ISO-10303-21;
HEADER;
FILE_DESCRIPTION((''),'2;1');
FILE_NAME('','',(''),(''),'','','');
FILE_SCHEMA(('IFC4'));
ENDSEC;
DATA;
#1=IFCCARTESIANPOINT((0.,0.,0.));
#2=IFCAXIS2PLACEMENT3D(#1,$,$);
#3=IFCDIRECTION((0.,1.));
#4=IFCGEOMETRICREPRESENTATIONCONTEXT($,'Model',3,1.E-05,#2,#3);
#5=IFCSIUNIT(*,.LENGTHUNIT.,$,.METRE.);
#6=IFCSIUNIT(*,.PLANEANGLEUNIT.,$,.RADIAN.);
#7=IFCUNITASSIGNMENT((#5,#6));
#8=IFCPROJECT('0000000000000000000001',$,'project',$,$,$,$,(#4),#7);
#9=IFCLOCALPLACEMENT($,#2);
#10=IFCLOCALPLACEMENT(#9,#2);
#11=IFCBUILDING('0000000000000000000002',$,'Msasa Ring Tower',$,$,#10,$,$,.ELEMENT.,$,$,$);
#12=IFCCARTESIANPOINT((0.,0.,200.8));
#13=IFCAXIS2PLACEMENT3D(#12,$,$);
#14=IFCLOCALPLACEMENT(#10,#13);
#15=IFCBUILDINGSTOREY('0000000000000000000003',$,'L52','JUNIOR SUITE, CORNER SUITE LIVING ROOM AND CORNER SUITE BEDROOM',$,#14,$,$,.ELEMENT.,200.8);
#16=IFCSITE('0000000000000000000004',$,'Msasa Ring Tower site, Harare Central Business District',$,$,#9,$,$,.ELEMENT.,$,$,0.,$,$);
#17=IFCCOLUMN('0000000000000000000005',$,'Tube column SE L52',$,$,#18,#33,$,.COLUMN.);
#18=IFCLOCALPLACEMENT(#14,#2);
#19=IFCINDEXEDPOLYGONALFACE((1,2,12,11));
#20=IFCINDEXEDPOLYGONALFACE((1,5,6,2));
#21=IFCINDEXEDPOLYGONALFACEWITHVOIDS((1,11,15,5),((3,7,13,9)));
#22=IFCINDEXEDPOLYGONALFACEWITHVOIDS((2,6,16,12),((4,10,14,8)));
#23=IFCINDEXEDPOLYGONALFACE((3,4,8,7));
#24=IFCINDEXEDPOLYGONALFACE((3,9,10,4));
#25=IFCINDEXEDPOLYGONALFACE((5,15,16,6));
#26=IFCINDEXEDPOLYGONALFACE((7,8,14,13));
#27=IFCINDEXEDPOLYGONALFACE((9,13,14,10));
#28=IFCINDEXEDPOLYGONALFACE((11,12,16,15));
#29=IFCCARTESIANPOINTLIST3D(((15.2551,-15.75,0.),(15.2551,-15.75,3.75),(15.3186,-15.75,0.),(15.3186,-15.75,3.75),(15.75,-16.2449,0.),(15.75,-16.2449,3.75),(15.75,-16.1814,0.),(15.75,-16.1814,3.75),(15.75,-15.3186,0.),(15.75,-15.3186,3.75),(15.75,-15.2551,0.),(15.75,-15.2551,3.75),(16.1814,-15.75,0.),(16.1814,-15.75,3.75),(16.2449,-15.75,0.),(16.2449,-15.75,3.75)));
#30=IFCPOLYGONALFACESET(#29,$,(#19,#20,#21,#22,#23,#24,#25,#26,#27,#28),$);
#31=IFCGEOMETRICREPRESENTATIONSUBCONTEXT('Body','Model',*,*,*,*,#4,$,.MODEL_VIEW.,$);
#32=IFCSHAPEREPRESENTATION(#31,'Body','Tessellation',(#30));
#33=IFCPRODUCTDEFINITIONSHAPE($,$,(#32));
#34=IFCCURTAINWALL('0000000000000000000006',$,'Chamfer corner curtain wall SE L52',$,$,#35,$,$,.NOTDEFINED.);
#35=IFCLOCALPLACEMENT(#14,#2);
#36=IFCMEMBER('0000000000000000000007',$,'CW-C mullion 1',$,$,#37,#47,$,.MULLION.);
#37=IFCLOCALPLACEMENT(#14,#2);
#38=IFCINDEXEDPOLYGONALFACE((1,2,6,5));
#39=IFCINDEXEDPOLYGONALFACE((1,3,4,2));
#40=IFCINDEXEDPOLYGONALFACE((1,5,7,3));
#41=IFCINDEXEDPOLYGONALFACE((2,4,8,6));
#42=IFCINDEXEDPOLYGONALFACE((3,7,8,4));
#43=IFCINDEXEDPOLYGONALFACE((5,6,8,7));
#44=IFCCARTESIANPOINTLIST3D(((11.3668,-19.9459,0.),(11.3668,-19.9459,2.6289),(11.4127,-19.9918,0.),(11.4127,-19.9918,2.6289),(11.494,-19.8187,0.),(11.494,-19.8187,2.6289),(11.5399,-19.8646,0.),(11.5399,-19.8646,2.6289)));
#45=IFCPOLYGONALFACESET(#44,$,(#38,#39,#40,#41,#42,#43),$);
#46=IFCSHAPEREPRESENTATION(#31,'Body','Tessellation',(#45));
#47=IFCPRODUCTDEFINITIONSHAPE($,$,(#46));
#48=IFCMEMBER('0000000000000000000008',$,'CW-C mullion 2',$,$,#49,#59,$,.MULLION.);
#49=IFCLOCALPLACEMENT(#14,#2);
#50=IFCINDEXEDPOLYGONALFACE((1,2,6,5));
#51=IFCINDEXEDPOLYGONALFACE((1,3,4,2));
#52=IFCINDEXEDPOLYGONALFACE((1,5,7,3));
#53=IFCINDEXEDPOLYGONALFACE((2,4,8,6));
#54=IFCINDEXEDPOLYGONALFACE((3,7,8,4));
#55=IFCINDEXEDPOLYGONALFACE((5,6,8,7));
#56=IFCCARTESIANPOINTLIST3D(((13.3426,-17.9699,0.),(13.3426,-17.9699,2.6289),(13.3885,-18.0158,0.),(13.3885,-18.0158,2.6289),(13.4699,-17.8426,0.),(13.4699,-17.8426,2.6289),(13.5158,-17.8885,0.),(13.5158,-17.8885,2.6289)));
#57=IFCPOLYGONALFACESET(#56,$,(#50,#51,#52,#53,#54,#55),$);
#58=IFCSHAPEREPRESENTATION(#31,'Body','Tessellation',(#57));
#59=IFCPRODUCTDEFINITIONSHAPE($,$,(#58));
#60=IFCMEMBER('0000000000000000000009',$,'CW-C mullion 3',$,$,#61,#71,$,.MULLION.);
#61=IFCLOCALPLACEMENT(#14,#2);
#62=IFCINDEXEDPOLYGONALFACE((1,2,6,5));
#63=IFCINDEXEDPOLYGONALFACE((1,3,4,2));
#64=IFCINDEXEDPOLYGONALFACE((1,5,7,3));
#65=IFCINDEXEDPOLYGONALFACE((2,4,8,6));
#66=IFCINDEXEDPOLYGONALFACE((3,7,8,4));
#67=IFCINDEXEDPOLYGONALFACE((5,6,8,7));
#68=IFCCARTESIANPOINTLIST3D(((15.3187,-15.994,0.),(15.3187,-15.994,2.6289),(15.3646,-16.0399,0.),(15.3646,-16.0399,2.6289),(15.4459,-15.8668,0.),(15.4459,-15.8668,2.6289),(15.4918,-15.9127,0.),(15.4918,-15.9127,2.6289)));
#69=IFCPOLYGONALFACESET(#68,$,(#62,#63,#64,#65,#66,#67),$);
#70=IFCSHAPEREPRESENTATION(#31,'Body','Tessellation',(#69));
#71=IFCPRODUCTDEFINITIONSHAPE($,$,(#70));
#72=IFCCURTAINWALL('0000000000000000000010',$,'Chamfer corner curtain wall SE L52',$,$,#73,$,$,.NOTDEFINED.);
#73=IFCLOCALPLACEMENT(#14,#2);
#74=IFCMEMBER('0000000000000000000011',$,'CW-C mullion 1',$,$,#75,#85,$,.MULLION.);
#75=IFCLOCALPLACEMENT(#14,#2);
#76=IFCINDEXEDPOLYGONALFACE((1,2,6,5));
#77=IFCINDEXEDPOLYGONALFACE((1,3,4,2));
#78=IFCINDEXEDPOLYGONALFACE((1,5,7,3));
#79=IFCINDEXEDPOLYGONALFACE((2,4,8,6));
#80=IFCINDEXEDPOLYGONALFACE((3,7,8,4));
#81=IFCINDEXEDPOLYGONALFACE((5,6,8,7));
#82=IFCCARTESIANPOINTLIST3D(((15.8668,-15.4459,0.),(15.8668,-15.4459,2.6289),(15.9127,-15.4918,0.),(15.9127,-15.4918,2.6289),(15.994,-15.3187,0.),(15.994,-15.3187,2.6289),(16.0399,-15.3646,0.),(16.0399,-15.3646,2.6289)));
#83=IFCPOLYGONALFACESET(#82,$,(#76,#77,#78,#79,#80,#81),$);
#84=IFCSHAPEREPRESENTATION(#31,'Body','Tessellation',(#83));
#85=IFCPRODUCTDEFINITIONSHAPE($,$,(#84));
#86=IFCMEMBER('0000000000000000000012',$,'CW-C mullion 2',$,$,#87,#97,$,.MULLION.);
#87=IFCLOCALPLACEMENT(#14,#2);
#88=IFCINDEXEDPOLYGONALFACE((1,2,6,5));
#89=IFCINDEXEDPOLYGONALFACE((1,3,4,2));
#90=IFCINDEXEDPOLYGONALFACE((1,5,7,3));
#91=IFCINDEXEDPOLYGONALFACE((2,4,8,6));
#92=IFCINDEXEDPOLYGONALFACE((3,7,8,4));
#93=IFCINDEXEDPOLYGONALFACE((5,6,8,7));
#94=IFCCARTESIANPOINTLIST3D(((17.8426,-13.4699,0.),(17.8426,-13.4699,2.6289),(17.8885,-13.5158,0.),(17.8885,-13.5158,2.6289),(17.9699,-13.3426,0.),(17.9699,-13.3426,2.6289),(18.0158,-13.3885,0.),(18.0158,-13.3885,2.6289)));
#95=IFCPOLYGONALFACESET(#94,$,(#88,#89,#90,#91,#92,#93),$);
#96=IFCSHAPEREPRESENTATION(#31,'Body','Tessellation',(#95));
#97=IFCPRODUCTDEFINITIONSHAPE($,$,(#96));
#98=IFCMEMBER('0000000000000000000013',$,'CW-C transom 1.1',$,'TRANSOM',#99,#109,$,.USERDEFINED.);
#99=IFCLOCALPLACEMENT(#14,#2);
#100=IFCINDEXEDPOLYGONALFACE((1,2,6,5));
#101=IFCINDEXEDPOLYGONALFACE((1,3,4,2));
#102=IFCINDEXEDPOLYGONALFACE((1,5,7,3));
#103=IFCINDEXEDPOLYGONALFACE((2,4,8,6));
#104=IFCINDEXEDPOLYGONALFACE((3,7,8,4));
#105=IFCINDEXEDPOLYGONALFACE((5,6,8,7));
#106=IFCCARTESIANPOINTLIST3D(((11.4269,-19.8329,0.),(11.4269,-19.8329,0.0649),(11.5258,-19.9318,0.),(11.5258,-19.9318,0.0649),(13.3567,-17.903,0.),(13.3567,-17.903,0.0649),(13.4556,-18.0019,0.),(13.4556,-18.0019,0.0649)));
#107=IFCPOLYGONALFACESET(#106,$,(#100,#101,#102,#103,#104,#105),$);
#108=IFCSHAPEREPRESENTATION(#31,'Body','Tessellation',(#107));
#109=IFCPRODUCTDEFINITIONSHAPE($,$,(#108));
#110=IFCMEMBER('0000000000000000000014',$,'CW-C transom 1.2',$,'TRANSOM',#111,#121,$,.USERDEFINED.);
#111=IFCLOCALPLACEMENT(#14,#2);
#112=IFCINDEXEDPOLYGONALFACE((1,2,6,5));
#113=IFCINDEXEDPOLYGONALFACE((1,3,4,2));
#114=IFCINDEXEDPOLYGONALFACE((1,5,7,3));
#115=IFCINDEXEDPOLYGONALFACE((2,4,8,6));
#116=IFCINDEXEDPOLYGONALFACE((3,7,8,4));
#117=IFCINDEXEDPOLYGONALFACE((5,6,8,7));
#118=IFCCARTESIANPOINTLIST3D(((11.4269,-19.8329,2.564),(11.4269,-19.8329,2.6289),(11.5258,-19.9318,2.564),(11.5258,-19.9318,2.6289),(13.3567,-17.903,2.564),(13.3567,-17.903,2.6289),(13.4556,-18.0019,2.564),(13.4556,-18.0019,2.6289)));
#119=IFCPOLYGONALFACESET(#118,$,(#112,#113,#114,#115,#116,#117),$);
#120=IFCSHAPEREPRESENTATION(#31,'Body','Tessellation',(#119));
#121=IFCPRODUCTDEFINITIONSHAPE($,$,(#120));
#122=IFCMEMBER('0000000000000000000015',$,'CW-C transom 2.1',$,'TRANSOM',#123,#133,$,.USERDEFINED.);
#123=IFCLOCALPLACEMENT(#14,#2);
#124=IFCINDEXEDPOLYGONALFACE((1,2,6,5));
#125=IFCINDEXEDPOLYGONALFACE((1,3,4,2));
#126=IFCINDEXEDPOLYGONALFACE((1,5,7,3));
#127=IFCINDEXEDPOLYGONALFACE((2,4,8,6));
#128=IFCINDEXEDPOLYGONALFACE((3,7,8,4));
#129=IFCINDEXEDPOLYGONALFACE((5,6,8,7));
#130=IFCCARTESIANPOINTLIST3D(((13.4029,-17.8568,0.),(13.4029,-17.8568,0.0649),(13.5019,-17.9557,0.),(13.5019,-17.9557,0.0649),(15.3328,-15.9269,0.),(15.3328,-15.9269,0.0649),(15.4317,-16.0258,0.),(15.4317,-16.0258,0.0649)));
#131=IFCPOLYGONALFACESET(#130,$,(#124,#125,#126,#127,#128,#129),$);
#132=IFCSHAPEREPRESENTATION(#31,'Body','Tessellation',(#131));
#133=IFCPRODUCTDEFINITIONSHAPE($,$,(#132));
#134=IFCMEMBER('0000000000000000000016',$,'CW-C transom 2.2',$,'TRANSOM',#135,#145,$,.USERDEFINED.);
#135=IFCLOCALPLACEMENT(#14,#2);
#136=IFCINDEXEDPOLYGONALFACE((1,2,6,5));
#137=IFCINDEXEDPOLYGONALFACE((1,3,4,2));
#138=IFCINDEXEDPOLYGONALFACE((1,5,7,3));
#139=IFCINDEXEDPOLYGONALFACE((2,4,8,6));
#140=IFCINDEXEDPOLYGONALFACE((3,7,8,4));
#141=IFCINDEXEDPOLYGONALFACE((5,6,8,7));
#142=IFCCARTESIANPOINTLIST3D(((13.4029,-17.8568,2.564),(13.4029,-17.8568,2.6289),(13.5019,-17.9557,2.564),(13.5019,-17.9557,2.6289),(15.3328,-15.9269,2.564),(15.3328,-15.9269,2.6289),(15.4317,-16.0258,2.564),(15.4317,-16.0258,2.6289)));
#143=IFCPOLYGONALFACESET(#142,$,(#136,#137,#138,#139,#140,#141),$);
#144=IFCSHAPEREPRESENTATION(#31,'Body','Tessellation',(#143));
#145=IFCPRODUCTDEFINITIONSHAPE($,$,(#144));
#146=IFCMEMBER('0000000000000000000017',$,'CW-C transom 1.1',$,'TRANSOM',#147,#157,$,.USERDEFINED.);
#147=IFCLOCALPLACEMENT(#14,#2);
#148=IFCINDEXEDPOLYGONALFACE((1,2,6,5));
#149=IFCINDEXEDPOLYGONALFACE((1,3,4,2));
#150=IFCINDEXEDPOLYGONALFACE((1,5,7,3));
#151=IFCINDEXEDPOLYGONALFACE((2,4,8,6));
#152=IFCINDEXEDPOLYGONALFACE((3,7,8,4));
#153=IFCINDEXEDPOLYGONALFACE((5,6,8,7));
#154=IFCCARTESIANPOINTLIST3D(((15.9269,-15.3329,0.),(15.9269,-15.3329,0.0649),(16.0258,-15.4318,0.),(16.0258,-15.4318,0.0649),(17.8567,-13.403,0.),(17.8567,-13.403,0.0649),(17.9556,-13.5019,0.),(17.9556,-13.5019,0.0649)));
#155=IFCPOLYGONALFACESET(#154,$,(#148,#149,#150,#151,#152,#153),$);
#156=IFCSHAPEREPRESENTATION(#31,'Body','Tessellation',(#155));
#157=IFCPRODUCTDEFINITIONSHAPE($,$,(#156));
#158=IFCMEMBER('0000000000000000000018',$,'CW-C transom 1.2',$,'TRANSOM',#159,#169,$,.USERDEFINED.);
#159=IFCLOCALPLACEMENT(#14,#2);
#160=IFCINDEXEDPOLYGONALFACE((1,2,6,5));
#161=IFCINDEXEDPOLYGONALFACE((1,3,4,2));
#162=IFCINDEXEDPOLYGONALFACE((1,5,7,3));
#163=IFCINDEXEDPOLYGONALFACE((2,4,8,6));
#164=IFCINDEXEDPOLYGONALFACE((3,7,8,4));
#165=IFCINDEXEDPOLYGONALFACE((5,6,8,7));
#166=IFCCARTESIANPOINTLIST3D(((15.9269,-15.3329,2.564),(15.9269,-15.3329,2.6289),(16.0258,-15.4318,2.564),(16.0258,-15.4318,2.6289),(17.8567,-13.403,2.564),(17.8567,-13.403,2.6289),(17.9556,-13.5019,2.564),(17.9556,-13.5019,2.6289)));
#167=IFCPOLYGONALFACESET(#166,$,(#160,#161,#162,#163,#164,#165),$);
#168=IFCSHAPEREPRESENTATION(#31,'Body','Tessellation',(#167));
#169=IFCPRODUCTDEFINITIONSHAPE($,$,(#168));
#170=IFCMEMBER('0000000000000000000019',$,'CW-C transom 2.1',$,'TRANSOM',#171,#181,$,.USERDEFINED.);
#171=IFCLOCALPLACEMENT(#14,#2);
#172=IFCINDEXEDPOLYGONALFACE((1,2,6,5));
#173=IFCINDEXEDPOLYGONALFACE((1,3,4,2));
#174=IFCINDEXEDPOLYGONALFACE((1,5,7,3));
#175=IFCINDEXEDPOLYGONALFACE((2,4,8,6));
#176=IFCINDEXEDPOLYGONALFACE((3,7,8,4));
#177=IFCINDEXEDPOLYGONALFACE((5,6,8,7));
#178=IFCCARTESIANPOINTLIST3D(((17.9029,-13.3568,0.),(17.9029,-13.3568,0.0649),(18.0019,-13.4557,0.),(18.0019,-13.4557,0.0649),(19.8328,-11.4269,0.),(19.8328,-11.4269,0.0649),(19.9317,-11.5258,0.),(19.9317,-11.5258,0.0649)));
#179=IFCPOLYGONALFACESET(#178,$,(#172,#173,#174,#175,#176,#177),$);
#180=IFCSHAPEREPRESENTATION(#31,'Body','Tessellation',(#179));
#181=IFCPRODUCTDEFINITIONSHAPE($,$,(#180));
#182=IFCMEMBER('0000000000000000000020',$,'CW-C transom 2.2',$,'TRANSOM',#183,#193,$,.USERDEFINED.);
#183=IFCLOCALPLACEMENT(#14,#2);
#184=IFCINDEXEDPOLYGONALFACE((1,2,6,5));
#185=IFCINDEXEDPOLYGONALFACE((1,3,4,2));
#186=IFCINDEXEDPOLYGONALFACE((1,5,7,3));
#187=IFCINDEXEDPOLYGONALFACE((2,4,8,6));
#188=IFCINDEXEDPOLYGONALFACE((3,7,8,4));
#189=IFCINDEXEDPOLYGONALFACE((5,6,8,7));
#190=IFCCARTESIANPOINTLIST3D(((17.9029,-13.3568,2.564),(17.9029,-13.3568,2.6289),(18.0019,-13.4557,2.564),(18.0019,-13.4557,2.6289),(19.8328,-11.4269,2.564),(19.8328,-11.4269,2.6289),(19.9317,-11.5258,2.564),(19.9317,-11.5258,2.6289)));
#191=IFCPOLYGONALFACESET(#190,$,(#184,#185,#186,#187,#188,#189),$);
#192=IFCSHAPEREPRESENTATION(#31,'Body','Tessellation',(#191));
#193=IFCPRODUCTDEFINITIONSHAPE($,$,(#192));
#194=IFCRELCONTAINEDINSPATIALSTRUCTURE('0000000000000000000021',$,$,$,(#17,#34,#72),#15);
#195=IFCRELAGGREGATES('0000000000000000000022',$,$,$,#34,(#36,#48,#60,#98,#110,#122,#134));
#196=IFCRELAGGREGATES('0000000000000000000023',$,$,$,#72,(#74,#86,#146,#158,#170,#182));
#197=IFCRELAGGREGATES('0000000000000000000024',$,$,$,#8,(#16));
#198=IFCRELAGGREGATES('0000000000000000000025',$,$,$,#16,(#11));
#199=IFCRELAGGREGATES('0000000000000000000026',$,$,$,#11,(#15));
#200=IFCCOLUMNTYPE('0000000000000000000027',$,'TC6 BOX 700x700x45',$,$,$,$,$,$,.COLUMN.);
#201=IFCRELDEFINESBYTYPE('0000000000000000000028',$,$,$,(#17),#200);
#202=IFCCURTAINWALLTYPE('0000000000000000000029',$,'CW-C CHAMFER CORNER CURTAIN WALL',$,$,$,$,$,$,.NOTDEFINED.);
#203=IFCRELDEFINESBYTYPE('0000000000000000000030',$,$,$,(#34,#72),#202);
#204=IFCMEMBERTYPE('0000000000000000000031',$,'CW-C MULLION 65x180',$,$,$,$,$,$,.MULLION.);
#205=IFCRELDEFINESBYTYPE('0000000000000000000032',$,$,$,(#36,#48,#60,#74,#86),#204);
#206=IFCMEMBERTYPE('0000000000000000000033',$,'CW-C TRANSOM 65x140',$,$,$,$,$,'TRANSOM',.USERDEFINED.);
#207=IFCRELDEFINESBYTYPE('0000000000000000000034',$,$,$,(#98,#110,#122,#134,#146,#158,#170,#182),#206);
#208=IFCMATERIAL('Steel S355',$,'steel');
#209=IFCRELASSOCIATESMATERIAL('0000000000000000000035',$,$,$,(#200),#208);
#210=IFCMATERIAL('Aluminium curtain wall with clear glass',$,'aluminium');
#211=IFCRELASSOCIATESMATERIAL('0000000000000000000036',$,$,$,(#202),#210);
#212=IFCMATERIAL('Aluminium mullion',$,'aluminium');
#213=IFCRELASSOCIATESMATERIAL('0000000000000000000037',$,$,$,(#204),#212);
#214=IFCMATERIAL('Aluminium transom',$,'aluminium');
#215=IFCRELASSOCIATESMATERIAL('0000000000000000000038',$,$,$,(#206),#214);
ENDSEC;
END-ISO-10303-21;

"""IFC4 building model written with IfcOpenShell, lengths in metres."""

from ifc_helpers import new_model, si_unit, direction, frame, origin, origin_2d, place, context, subcontext, project, spatial, rectangle, hollow_rectangle, extrude, material, material_profile, profile_set, type_object, element, aggregate, save


model = new_model("IFC4")

# Units and contexts
model_context = context("Model", 3, precision=1e-05, world=origin(), true_north=direction((0.0, 1.0)))
body_context = subcontext(model_context, "Body", "Model", "MODEL_VIEW")
ifc_project = project(units=[si_unit("LENGTHUNIT", "METRE"), si_unit("PLANEANGLEUNIT", "RADIAN")], contexts=[model_context])

# Site, building, storey
site_placement = place(None, origin())
site = spatial("IfcSite", under=ifc_project, at=site_placement, Name="Msasa Ring Tower site, Harare Central Business District", CompositionType="ELEMENT", RefElevation=0.0)
building_placement = place(site_placement, origin())
building = spatial("IfcBuilding", under=site, at=building_placement, Name="Msasa Ring Tower", CompositionType="ELEMENT")
storey_placement = place(building_placement, frame((0.0, 0.0, 200.8)))
storey = spatial("IfcBuildingStorey", under=building, at=storey_placement, Name="L52", Description="JUNIOR SUITE, CORNER SUITE LIVING ROOM AND CORNER SUITE BEDROOM", CompositionType="ELEMENT", Elevation=200.8)

# Column
ifc_material_1 = material(Name="Steel S355", Category="steel")
ifc_material_profile_1 = material_profile(ifc_material_1, hollow_rectangle(XDim=0.7, YDim=0.7, WallThickness=0.0449, at=origin_2d()), Name="BOX 700x700x45")
ifc_profile_set_1 = profile_set([ifc_material_profile_1], Name="Steel S355")
column_type = type_object("IfcColumnType", Name="TC6 BOX 700x700x45", PredefinedType="COLUMN", material=ifc_profile_set_1)
column_placement = place(storey_placement, frame((15.75, -15.75, 0.0), z_axis=(0.0, 0.0, 1.0), x_axis=(0.707107, -0.707107, 0.0)))
element("IfcColumn", 1, at=column_placement, inside=storey, type_object=column_type, Name="Tube column SE L52", PredefinedType="COLUMN", context=body_context, shape_type="SweptSolid", body=[
    extrude(hollow_rectangle(XDim=0.7, YDim=0.7, WallThickness=0.0449, at=origin_2d()), origin(), (0.0, 0.0, 1.0), 3.75),
])

# Curtain walls, members
ifc_material_2 = material(Name="Aluminium curtain wall with clear glass", Category="aluminium")
curtain_wall_type = type_object("IfcCurtainWallType", Name="CW-C CHAMFER CORNER CURTAIN WALL", PredefinedType="NOTDEFINED", material=ifc_material_2)
curtain_wall_1_placement = place(storey_placement, origin())
curtain_wall_1 = element("IfcCurtainWall", 2, at=curtain_wall_1_placement, inside=storey, type_object=curtain_wall_type, Name="Chamfer corner curtain wall SE L52", PredefinedType="NOTDEFINED")
ifc_material_3 = material(Name="Aluminium mullion", Category="aluminium")
ifc_material_profile_2 = material_profile(ifc_material_3, rectangle(XDim=0.0649, YDim=0.1799, at=origin_2d()), Name="AL 65x180")
ifc_profile_set_2 = profile_set([ifc_material_profile_2], Name="Aluminium mullion")
member_type_1 = type_object("IfcMemberType", Name="CW-C MULLION 65x180", PredefinedType="MULLION", material=ifc_profile_set_2)
member_1_placement = place(storey_placement, frame((11.4534, -19.9053, 0.0), z_axis=(0.0, 0.0, 1.0), x_axis=(-0.707107, 0.707107, 0.0)))
member_1 = element("IfcMember", 3, at=member_1_placement, type_object=member_type_1, Name="CW-C mullion 1", PredefinedType="MULLION", context=body_context, shape_type="SweptSolid", body=[
    extrude(rectangle(XDim=0.0649, YDim=0.1799, at=origin_2d()), origin(), (0.0, 0.0, 1.0), 2.6289),
])
member_2_placement = place(storey_placement, frame((13.4292, -17.9292, 0.0), z_axis=(0.0, 0.0, 1.0), x_axis=(-0.707107, 0.707107, 0.0)))
member_2 = element("IfcMember", 4, at=member_2_placement, type_object=member_type_1, Name="CW-C mullion 2", PredefinedType="MULLION", context=body_context, shape_type="SweptSolid", body=[
    extrude(rectangle(XDim=0.0649, YDim=0.1799, at=origin_2d()), origin(), (0.0, 0.0, 1.0), 2.6289),
])
member_3_placement = place(storey_placement, frame((15.4053, -15.9534, 0.0), z_axis=(0.0, 0.0, 1.0), x_axis=(-0.707107, 0.707107, 0.0)))
member_3 = element("IfcMember", 5, at=member_3_placement, type_object=member_type_1, Name="CW-C mullion 3", PredefinedType="MULLION", context=body_context, shape_type="SweptSolid", body=[
    extrude(rectangle(XDim=0.0649, YDim=0.1799, at=origin_2d()), origin(), (0.0, 0.0, 1.0), 2.6289),
])
curtain_wall_2_placement = place(storey_placement, origin())
curtain_wall_2 = element("IfcCurtainWall", 6, at=curtain_wall_2_placement, inside=storey, type_object=curtain_wall_type, Name="Chamfer corner curtain wall SE L52", PredefinedType="NOTDEFINED")
member_4_placement = place(storey_placement, frame((15.9534, -15.4053, 0.0), z_axis=(0.0, 0.0, 1.0), x_axis=(-0.707107, 0.707107, 0.0)))
member_4 = element("IfcMember", 7, at=member_4_placement, type_object=member_type_1, Name="CW-C mullion 1", PredefinedType="MULLION", context=body_context, shape_type="SweptSolid", body=[
    extrude(rectangle(XDim=0.0649, YDim=0.1799, at=origin_2d()), origin(), (0.0, 0.0, 1.0), 2.6289),
])
member_5_placement = place(storey_placement, frame((17.9292, -13.4292, 0.0), z_axis=(0.0, 0.0, 1.0), x_axis=(-0.707107, 0.707107, 0.0)))
member_5 = element("IfcMember", 8, at=member_5_placement, type_object=member_type_1, Name="CW-C mullion 2", PredefinedType="MULLION", context=body_context, shape_type="SweptSolid", body=[
    extrude(rectangle(XDim=0.0649, YDim=0.1799, at=origin_2d()), origin(), (0.0, 0.0, 1.0), 2.6289),
])

# Members
ifc_material_4 = material(Name="Aluminium transom", Category="aluminium")
ifc_material_profile_3 = material_profile(ifc_material_4, rectangle(XDim=0.1399, YDim=0.0649, at=origin_2d()), Name="AL 65x140")
ifc_profile_set_3 = profile_set([ifc_material_profile_3], Name="Aluminium transom")
member_type_2 = type_object("IfcMemberType", Name="CW-C TRANSOM 65x140", ElementType="TRANSOM", PredefinedType="USERDEFINED", material=ifc_profile_set_3)
member_6_placement = place(storey_placement, frame((11.4763, -19.8823, 0.0325), z_axis=(0.707107, 0.707107, 0.0), x_axis=(-0.707107, 0.707107, 0.0)))
member_6 = element("IfcMember", 9, at=member_6_placement, type_object=member_type_2, Name="CW-C transom 1.1", ObjectType="TRANSOM", PredefinedType="USERDEFINED", context=body_context, shape_type="SweptSolid", body=[
    extrude(rectangle(XDim=0.1399, YDim=0.0649, at=origin_2d()), origin(), (0.0, 0.0, 1.0), 2.7292),
])
member_7_placement = place(storey_placement, frame((11.4763, -19.8823, 2.5964), z_axis=(0.707107, 0.707107, 0.0), x_axis=(-0.707107, 0.707107, 0.0)))
member_7 = element("IfcMember", 10, at=member_7_placement, type_object=member_type_2, Name="CW-C transom 1.2", ObjectType="TRANSOM", PredefinedType="USERDEFINED", context=body_context, shape_type="SweptSolid", body=[
    extrude(rectangle(XDim=0.1399, YDim=0.0649, at=origin_2d()), origin(), (0.0, 0.0, 1.0), 2.7292),
])
member_8_placement = place(storey_placement, frame((13.4524, -17.9062, 0.0325), z_axis=(0.707107, 0.707107, 0.0), x_axis=(-0.707107, 0.707107, 0.0)))
member_8 = element("IfcMember", 11, at=member_8_placement, type_object=member_type_2, Name="CW-C transom 2.1", ObjectType="TRANSOM", PredefinedType="USERDEFINED", context=body_context, shape_type="SweptSolid", body=[
    extrude(rectangle(XDim=0.1399, YDim=0.0649, at=origin_2d()), origin(), (0.0, 0.0, 1.0), 2.7292),
])
member_9_placement = place(storey_placement, frame((13.4524, -17.9062, 2.5964), z_axis=(0.707107, 0.707107, 0.0), x_axis=(-0.707107, 0.707107, 0.0)))
member_9 = element("IfcMember", 12, at=member_9_placement, type_object=member_type_2, Name="CW-C transom 2.2", ObjectType="TRANSOM", PredefinedType="USERDEFINED", context=body_context, shape_type="SweptSolid", body=[
    extrude(rectangle(XDim=0.1399, YDim=0.0649, at=origin_2d()), origin(), (0.0, 0.0, 1.0), 2.7292),
])
member_10_placement = place(storey_placement, frame((15.9763, -15.3823, 0.0325), z_axis=(0.707107, 0.707107, 0.0), x_axis=(-0.707107, 0.707107, 0.0)))
member_10 = element("IfcMember", 13, at=member_10_placement, type_object=member_type_2, Name="CW-C transom 1.1", ObjectType="TRANSOM", PredefinedType="USERDEFINED", context=body_context, shape_type="SweptSolid", body=[
    extrude(rectangle(XDim=0.1399, YDim=0.0649, at=origin_2d()), origin(), (0.0, 0.0, 1.0), 2.7292),
])
member_11_placement = place(storey_placement, frame((15.9763, -15.3823, 2.5964), z_axis=(0.707107, 0.707107, 0.0), x_axis=(-0.707107, 0.707107, 0.0)))
member_11 = element("IfcMember", 14, at=member_11_placement, type_object=member_type_2, Name="CW-C transom 1.2", ObjectType="TRANSOM", PredefinedType="USERDEFINED", context=body_context, shape_type="SweptSolid", body=[
    extrude(rectangle(XDim=0.1399, YDim=0.0649, at=origin_2d()), origin(), (0.0, 0.0, 1.0), 2.7292),
])
member_12_placement = place(storey_placement, frame((17.9524, -13.4062, 0.0325), z_axis=(0.707107, 0.707107, 0.0), x_axis=(-0.707107, 0.707107, 0.0)))
member_12 = element("IfcMember", 15, at=member_12_placement, type_object=member_type_2, Name="CW-C transom 2.1", ObjectType="TRANSOM", PredefinedType="USERDEFINED", context=body_context, shape_type="SweptSolid", body=[
    extrude(rectangle(XDim=0.1399, YDim=0.0649, at=origin_2d()), origin(), (0.0, 0.0, 1.0), 2.7292),
])
member_13_placement = place(storey_placement, frame((17.9524, -13.4062, 2.5964), z_axis=(0.707107, 0.707107, 0.0), x_axis=(-0.707107, 0.707107, 0.0)))
member_13 = element("IfcMember", 16, at=member_13_placement, type_object=member_type_2, Name="CW-C transom 2.2", ObjectType="TRANSOM", PredefinedType="USERDEFINED", context=body_context, shape_type="SweptSolid", body=[
    extrude(rectangle(XDim=0.1399, YDim=0.0649, at=origin_2d()), origin(), (0.0, 0.0, 1.0), 2.7292),
])

aggregate(curtain_wall_1, [member_1, member_2, member_3, member_6, member_7, member_8, member_9])
aggregate(curtain_wall_2, [member_4, member_5, member_10, member_11, member_12, member_13])

save(model, "model.ifc")
